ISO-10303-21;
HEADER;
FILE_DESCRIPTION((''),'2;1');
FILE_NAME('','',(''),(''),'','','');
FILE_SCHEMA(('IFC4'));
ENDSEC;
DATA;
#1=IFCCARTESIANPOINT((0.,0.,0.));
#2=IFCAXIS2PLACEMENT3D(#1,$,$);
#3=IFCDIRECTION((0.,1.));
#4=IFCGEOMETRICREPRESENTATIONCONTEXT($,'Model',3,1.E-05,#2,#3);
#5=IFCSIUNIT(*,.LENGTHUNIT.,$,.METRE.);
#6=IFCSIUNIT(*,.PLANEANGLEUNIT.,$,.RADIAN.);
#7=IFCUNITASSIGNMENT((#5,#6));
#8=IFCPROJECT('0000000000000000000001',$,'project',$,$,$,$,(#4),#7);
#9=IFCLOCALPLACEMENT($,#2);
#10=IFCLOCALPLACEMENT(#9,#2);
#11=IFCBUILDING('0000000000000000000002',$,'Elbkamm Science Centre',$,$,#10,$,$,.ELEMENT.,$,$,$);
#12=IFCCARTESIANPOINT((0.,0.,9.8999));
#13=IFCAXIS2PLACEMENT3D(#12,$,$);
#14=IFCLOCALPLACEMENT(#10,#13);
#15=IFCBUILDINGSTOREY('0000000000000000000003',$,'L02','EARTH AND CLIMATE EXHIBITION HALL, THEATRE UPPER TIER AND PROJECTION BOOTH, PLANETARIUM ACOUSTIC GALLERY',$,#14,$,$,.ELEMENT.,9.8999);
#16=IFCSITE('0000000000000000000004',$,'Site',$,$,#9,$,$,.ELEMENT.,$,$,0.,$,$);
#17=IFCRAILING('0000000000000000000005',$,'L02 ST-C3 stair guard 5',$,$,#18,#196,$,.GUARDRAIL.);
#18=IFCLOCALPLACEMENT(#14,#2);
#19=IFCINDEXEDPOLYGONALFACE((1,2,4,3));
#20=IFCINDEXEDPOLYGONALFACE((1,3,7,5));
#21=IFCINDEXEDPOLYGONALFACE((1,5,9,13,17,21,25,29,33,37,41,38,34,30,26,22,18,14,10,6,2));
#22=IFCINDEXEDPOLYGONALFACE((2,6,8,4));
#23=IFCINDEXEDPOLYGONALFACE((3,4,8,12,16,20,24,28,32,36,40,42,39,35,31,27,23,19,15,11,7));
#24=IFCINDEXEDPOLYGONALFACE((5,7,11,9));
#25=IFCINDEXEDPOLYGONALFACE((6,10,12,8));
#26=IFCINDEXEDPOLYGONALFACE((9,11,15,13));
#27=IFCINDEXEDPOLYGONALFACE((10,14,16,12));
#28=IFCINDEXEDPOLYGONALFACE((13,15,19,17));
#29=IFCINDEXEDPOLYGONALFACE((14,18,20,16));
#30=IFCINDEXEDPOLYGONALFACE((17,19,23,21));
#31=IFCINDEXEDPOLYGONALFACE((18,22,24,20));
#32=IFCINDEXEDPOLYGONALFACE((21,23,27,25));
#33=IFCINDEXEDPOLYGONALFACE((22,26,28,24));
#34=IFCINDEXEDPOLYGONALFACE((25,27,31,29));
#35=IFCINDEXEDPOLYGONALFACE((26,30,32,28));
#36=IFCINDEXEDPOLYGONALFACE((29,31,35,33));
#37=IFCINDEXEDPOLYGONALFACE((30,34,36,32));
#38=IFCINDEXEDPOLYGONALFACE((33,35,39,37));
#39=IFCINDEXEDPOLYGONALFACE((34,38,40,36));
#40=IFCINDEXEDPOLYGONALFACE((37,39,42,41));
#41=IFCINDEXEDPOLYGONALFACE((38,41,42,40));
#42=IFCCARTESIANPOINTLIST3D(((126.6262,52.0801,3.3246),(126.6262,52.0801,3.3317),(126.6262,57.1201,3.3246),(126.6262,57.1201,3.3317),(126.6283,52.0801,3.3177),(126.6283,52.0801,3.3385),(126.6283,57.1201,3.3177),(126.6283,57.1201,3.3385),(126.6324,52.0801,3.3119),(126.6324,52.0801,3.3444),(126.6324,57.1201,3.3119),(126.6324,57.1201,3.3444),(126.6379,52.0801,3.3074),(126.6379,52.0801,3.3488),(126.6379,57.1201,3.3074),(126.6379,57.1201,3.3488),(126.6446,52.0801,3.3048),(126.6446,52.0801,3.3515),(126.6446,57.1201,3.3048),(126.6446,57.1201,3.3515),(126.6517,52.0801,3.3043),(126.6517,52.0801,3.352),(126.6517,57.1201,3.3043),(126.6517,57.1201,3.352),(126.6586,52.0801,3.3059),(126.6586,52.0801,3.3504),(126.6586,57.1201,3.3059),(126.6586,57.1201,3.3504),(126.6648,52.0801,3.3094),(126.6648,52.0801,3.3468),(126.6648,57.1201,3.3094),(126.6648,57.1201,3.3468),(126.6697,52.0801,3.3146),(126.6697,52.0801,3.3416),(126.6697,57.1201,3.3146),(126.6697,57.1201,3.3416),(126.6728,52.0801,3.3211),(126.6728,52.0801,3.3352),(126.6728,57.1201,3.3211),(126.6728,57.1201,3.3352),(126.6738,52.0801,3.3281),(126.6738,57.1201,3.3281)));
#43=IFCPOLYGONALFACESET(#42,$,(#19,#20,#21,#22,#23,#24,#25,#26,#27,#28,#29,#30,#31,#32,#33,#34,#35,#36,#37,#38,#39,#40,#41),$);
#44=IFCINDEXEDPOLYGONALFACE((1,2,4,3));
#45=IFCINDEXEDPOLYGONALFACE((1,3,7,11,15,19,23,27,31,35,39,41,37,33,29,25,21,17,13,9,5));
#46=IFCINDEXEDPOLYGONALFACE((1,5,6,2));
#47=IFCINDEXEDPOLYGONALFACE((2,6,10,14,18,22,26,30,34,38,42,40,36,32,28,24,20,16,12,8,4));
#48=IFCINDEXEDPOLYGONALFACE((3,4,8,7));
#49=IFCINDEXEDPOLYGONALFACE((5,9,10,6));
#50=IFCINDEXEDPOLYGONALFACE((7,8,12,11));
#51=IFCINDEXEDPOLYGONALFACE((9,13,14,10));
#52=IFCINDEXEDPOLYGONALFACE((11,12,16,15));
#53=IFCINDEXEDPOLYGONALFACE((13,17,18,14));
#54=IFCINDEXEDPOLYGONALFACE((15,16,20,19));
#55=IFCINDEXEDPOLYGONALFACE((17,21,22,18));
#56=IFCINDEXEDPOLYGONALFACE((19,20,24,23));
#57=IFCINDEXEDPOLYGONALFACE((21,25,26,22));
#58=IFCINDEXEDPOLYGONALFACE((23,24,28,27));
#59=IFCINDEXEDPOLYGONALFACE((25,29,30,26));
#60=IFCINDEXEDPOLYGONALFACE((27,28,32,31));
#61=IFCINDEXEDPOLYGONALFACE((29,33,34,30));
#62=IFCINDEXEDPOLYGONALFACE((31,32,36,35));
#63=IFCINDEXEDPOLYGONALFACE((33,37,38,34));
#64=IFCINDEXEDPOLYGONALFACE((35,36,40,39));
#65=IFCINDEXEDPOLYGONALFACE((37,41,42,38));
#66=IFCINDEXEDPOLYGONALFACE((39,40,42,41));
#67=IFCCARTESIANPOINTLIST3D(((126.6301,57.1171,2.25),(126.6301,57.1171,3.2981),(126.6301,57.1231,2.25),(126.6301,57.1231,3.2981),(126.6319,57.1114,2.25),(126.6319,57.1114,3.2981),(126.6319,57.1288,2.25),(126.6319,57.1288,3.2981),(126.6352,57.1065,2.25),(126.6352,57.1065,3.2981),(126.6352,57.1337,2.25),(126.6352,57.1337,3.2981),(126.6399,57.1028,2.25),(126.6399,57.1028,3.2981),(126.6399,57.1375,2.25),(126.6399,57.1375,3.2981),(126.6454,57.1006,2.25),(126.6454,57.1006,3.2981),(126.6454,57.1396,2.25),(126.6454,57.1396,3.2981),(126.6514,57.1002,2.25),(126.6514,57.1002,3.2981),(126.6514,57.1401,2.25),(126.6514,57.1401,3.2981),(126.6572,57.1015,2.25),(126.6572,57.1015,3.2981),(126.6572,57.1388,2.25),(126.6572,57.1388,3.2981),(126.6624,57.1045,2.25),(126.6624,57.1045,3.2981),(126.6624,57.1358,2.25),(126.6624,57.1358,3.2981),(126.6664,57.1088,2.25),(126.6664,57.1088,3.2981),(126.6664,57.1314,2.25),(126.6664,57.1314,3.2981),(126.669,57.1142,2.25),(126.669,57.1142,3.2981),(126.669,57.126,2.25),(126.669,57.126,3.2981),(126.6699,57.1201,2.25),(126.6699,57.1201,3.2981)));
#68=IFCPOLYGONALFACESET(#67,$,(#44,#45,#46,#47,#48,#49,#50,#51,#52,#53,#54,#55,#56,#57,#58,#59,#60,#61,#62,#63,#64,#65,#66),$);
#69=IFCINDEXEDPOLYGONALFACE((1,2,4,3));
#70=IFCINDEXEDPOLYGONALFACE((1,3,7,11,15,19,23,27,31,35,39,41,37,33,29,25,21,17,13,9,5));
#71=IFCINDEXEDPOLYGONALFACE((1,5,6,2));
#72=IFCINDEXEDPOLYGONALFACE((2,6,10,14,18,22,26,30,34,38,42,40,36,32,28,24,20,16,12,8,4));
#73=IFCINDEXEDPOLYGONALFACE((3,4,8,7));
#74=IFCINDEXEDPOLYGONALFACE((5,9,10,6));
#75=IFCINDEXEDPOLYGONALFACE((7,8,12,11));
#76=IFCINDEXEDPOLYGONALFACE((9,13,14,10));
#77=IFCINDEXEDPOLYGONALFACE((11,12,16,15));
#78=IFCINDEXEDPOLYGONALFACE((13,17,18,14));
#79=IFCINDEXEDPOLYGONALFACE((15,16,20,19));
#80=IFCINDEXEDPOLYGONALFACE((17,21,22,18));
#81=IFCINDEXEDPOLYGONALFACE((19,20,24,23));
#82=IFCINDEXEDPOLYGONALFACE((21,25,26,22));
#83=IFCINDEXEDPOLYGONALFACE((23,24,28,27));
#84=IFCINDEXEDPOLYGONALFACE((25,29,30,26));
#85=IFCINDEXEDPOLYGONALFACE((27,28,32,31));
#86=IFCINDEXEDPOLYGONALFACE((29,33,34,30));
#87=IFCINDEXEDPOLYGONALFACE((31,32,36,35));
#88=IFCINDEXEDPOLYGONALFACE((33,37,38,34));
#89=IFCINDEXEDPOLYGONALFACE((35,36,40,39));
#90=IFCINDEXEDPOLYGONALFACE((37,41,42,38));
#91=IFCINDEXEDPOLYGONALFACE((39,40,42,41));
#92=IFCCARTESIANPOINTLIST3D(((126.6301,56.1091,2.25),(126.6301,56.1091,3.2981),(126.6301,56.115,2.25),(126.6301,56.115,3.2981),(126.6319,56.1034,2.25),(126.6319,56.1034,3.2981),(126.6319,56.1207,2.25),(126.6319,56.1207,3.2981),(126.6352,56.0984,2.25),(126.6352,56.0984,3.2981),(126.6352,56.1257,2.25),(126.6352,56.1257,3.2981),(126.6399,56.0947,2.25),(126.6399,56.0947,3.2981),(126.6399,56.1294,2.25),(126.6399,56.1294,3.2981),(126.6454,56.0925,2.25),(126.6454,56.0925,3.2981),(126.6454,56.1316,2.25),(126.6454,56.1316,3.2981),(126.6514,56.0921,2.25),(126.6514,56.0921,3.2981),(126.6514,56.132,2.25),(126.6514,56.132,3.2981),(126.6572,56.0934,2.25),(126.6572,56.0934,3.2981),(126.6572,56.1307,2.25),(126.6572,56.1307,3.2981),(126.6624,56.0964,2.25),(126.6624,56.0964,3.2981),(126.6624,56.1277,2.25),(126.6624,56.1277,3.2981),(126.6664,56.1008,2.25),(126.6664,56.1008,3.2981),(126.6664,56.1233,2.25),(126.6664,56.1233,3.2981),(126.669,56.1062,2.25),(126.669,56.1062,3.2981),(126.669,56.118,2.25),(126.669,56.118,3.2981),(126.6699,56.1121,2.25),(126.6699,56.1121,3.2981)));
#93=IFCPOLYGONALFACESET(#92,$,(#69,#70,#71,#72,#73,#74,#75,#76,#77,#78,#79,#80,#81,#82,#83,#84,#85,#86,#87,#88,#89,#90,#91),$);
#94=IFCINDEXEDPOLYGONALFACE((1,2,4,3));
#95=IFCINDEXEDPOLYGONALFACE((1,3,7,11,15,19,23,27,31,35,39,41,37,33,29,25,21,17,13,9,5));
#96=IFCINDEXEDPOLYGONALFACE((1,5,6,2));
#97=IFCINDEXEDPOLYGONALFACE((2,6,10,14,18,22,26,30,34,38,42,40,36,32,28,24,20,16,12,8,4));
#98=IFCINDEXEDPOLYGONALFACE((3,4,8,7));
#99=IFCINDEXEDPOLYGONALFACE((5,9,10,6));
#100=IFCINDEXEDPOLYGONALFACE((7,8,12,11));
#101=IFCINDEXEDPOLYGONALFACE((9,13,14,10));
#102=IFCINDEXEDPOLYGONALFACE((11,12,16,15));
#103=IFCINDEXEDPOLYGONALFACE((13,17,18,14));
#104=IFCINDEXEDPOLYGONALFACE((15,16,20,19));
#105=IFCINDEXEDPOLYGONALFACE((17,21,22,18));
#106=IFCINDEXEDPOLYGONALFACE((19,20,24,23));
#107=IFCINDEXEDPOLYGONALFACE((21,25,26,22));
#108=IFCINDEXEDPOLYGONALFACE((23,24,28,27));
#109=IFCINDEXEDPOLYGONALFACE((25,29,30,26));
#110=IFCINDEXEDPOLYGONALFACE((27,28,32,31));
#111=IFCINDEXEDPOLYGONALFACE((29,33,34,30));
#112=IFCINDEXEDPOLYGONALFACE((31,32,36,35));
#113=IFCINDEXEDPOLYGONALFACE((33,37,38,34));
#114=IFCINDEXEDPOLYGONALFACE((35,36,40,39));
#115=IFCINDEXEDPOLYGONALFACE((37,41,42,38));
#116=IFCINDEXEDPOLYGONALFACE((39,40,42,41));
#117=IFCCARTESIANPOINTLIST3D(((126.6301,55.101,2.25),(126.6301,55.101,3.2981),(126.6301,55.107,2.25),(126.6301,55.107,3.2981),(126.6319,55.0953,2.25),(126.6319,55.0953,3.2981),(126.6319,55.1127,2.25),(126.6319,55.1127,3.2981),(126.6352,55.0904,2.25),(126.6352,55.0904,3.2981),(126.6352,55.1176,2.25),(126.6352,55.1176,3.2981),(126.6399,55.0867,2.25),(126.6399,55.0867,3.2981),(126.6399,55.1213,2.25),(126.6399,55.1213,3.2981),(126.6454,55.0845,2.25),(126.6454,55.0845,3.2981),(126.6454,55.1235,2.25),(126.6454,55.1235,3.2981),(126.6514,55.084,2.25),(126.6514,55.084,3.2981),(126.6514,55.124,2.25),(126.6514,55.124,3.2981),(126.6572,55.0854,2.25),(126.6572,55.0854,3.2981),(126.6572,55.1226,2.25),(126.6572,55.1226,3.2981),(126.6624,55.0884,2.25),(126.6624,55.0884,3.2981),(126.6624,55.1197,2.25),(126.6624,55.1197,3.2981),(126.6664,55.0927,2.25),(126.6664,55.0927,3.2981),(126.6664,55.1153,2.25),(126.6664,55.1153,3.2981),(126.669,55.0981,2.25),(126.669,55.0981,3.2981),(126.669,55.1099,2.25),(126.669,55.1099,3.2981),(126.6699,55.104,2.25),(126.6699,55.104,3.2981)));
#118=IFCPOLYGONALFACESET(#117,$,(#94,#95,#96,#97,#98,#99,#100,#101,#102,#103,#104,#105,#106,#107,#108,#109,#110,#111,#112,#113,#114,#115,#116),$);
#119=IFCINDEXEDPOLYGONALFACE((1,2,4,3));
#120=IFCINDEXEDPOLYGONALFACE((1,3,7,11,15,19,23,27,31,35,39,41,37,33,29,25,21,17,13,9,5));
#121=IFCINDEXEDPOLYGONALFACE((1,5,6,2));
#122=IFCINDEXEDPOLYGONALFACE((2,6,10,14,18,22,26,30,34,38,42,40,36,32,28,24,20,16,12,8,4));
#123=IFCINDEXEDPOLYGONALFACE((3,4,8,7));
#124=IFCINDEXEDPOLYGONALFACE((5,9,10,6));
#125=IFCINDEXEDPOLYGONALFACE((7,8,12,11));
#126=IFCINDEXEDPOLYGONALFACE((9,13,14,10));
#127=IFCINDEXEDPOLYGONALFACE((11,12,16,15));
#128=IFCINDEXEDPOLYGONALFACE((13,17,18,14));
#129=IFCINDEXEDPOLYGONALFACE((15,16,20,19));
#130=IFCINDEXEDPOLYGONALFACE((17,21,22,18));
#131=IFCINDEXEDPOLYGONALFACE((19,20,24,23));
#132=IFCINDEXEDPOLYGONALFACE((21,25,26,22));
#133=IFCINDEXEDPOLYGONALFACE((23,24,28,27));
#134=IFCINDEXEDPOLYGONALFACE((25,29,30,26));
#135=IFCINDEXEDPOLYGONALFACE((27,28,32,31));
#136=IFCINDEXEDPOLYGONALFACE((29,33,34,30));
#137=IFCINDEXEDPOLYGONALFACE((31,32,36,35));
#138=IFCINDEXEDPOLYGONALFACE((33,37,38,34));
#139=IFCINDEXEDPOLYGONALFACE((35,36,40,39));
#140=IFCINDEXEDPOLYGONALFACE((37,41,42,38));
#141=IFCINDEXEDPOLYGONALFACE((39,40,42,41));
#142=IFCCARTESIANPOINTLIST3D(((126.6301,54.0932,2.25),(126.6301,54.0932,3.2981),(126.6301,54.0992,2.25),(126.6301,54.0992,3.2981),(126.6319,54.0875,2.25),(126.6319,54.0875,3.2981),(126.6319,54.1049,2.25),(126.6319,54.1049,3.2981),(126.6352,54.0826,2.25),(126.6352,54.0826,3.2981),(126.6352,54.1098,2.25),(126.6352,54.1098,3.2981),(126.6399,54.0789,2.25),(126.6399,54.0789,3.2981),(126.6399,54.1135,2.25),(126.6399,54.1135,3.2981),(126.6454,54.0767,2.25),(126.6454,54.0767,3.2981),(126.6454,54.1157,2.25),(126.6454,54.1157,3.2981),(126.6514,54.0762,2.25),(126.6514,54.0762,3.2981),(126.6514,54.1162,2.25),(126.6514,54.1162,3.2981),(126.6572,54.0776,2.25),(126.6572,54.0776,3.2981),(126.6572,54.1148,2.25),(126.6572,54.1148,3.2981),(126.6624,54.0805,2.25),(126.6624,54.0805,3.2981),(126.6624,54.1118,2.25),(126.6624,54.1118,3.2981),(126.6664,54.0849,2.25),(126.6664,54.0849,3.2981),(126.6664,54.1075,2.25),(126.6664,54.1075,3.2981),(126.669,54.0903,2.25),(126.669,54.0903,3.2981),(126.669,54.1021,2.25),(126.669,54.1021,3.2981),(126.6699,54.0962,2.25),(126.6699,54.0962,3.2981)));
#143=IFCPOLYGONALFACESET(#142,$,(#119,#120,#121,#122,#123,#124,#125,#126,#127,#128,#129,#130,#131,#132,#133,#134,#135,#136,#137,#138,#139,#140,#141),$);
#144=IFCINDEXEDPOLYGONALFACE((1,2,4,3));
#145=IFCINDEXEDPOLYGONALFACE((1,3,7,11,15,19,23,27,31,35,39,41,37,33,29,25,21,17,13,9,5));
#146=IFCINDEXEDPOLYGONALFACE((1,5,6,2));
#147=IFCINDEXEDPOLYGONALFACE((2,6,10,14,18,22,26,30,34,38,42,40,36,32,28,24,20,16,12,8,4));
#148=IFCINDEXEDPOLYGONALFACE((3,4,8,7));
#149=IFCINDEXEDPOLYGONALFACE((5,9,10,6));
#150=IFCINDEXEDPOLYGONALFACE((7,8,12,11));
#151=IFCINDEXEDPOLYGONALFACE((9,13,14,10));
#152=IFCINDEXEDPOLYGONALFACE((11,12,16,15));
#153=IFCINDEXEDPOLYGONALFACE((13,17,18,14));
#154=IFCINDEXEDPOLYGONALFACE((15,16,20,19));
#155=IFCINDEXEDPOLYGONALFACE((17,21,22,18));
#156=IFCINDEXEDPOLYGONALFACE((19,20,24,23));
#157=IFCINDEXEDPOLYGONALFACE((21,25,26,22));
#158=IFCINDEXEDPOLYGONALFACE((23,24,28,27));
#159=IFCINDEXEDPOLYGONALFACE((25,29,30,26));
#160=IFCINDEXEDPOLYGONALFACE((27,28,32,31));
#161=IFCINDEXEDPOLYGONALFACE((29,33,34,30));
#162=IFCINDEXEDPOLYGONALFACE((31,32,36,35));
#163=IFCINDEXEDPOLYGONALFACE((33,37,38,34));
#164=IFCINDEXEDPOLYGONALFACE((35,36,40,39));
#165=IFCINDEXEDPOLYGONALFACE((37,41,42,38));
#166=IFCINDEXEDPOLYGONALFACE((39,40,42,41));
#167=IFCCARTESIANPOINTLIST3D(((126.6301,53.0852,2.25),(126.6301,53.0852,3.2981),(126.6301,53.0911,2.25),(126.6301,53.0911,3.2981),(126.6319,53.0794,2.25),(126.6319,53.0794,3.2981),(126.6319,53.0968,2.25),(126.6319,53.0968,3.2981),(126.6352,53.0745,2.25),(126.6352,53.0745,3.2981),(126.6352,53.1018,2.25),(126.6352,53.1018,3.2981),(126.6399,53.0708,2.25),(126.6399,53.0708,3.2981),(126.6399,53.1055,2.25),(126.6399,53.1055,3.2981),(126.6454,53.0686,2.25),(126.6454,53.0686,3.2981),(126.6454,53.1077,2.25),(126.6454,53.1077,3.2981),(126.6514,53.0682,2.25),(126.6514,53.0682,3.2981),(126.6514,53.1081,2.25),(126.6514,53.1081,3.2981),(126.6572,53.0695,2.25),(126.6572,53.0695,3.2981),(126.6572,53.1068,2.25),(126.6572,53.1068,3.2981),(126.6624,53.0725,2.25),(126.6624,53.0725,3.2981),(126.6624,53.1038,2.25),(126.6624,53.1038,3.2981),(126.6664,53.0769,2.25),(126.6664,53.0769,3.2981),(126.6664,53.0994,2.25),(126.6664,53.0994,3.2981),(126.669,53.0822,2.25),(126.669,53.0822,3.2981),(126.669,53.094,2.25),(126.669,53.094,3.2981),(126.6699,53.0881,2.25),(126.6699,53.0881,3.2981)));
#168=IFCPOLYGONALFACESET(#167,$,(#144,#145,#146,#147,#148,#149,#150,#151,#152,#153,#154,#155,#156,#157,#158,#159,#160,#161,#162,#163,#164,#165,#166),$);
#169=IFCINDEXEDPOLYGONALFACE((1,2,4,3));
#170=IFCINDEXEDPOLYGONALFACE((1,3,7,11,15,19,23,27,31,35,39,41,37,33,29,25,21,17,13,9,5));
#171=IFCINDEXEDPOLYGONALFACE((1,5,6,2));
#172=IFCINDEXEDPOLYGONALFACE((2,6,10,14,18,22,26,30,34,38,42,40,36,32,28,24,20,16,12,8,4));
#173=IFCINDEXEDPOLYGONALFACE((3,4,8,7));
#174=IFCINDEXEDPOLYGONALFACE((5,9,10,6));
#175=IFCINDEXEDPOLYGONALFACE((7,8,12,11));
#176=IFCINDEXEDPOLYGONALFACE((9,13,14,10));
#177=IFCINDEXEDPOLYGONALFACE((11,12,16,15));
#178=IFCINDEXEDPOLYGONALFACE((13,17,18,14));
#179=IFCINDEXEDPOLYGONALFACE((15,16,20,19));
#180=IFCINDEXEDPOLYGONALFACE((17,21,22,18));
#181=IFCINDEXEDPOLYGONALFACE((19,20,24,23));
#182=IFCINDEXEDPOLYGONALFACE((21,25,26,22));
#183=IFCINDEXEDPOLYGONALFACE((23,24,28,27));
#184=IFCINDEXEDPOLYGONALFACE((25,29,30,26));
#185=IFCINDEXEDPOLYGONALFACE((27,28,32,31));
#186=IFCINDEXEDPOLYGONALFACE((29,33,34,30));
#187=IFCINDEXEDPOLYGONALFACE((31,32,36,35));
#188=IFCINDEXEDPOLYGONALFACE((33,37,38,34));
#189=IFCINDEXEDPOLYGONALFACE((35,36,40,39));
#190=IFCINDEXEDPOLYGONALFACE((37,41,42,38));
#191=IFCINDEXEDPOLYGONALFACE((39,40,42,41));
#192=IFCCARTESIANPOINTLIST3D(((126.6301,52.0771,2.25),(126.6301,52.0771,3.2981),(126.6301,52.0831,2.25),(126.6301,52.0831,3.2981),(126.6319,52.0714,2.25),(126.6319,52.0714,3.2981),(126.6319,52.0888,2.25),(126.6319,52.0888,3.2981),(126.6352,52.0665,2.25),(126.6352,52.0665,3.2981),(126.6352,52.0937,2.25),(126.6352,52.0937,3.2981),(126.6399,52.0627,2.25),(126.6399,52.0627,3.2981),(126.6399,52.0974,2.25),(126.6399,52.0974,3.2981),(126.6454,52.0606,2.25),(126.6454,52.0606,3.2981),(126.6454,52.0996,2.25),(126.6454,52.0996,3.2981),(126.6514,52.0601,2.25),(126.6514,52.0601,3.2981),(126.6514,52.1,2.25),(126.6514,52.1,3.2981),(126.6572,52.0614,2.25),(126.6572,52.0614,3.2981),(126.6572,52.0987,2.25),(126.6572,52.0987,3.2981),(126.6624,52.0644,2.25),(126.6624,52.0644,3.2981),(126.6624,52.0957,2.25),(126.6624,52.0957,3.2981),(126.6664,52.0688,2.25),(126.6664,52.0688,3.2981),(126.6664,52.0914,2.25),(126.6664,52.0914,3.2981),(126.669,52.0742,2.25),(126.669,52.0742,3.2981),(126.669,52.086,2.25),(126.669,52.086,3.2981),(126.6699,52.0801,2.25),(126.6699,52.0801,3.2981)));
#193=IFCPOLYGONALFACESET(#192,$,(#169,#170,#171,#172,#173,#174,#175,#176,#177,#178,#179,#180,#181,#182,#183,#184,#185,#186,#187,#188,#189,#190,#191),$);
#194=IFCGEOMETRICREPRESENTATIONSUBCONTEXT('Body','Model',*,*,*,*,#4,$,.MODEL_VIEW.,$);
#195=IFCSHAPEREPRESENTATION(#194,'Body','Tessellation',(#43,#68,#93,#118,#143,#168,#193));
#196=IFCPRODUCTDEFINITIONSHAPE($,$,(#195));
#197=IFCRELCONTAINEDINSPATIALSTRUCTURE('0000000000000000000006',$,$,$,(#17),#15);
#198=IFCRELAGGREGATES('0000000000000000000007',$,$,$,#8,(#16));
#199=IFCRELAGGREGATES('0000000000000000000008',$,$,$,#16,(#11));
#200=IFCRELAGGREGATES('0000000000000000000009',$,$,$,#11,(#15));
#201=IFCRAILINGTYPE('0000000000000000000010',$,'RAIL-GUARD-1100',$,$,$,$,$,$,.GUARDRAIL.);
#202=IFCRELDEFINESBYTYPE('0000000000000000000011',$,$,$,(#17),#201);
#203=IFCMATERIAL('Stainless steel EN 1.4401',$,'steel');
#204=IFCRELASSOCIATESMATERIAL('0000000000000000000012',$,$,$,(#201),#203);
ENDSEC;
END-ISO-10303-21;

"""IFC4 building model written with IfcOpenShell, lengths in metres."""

from ifc_helpers import new_model, si_unit, direction, frame, origin, origin_2d, place, context, subcontext, project, spatial, circle, extrude, material, type_object, element, save


model = new_model("IFC4")

# Units and contexts
model_context = context("Model", 3, precision=1e-05, world=origin(), true_north=direction((0.0, 1.0)))
body_context = subcontext(model_context, "Body", "Model", "MODEL_VIEW")
ifc_project = project(units=[si_unit("LENGTHUNIT", "METRE"), si_unit("PLANEANGLEUNIT", "RADIAN")], contexts=[model_context])

# Site, building, storey
site_placement = place(None, origin())
site = spatial("IfcSite", under=ifc_project, at=site_placement, Name="Site", CompositionType="ELEMENT", RefElevation=0.0)
building_placement = place(site_placement, origin())
building = spatial("IfcBuilding", under=site, at=building_placement, Name="Elbkamm Science Centre", CompositionType="ELEMENT")
storey_placement = place(building_placement, frame((0.0, 0.0, 9.8999)))
storey = spatial("IfcBuildingStorey", under=building, at=storey_placement, Name="L02", Description="EARTH AND CLIMATE EXHIBITION HALL, THEATRE UPPER TIER AND PROJECTION BOOTH, PLANETARIUM ACOUSTIC GALLERY", CompositionType="ELEMENT", Elevation=9.8999)

# Railing
ifc_material_1 = material(Name="Stainless steel EN 1.4401", Category="steel")
railing_type_1 = type_object("IfcRailingType", Name="RAIL-GUARD-1100", PredefinedType="GUARDRAIL", material=ifc_material_1)
railing_1_placement = place(storey_placement, frame((126.6499, 57.1201, 2.25)))
element("IfcRailing", 1, at=railing_1_placement, inside=storey, type_object=railing_type_1, Name="L02 ST-C3 stair guard 5", PredefinedType="GUARDRAIL", context=body_context, shape_type="SweptSolid", body=[
    extrude(circle(Radius=0.0239, at=origin_2d()), frame((0.0, 0.0, 1.0781), z_axis=(0.0, -1.0, 0.0), x_axis=(1.0, 0.0, 0.0)), (0.0, 0.0, 1.0), 5.04),
    extrude(circle(Radius=0.02, at=origin_2d()), origin(), (0.0, 0.0, 1.0), 1.0481),
    extrude(circle(Radius=0.02, at=origin_2d()), frame((0.0, -1.0081, 0.0)), (0.0, 0.0, 1.0), 1.0481),
    extrude(circle(Radius=0.02, at=origin_2d()), frame((0.0, -2.0161, 0.0)), (0.0, 0.0, 1.0), 1.0481),
    extrude(circle(Radius=0.02, at=origin_2d()), frame((0.0, -3.0239, 0.0)), (0.0, 0.0, 1.0), 1.0481),
    extrude(circle(Radius=0.02, at=origin_2d()), frame((0.0, -4.032, 0.0)), (0.0, 0.0, 1.0), 1.0481),
    extrude(circle(Radius=0.02, at=origin_2d()), frame((0.0, -5.04, 0.0)), (0.0, 0.0, 1.0), 1.0481),
])

save(model, "model.ifc")
